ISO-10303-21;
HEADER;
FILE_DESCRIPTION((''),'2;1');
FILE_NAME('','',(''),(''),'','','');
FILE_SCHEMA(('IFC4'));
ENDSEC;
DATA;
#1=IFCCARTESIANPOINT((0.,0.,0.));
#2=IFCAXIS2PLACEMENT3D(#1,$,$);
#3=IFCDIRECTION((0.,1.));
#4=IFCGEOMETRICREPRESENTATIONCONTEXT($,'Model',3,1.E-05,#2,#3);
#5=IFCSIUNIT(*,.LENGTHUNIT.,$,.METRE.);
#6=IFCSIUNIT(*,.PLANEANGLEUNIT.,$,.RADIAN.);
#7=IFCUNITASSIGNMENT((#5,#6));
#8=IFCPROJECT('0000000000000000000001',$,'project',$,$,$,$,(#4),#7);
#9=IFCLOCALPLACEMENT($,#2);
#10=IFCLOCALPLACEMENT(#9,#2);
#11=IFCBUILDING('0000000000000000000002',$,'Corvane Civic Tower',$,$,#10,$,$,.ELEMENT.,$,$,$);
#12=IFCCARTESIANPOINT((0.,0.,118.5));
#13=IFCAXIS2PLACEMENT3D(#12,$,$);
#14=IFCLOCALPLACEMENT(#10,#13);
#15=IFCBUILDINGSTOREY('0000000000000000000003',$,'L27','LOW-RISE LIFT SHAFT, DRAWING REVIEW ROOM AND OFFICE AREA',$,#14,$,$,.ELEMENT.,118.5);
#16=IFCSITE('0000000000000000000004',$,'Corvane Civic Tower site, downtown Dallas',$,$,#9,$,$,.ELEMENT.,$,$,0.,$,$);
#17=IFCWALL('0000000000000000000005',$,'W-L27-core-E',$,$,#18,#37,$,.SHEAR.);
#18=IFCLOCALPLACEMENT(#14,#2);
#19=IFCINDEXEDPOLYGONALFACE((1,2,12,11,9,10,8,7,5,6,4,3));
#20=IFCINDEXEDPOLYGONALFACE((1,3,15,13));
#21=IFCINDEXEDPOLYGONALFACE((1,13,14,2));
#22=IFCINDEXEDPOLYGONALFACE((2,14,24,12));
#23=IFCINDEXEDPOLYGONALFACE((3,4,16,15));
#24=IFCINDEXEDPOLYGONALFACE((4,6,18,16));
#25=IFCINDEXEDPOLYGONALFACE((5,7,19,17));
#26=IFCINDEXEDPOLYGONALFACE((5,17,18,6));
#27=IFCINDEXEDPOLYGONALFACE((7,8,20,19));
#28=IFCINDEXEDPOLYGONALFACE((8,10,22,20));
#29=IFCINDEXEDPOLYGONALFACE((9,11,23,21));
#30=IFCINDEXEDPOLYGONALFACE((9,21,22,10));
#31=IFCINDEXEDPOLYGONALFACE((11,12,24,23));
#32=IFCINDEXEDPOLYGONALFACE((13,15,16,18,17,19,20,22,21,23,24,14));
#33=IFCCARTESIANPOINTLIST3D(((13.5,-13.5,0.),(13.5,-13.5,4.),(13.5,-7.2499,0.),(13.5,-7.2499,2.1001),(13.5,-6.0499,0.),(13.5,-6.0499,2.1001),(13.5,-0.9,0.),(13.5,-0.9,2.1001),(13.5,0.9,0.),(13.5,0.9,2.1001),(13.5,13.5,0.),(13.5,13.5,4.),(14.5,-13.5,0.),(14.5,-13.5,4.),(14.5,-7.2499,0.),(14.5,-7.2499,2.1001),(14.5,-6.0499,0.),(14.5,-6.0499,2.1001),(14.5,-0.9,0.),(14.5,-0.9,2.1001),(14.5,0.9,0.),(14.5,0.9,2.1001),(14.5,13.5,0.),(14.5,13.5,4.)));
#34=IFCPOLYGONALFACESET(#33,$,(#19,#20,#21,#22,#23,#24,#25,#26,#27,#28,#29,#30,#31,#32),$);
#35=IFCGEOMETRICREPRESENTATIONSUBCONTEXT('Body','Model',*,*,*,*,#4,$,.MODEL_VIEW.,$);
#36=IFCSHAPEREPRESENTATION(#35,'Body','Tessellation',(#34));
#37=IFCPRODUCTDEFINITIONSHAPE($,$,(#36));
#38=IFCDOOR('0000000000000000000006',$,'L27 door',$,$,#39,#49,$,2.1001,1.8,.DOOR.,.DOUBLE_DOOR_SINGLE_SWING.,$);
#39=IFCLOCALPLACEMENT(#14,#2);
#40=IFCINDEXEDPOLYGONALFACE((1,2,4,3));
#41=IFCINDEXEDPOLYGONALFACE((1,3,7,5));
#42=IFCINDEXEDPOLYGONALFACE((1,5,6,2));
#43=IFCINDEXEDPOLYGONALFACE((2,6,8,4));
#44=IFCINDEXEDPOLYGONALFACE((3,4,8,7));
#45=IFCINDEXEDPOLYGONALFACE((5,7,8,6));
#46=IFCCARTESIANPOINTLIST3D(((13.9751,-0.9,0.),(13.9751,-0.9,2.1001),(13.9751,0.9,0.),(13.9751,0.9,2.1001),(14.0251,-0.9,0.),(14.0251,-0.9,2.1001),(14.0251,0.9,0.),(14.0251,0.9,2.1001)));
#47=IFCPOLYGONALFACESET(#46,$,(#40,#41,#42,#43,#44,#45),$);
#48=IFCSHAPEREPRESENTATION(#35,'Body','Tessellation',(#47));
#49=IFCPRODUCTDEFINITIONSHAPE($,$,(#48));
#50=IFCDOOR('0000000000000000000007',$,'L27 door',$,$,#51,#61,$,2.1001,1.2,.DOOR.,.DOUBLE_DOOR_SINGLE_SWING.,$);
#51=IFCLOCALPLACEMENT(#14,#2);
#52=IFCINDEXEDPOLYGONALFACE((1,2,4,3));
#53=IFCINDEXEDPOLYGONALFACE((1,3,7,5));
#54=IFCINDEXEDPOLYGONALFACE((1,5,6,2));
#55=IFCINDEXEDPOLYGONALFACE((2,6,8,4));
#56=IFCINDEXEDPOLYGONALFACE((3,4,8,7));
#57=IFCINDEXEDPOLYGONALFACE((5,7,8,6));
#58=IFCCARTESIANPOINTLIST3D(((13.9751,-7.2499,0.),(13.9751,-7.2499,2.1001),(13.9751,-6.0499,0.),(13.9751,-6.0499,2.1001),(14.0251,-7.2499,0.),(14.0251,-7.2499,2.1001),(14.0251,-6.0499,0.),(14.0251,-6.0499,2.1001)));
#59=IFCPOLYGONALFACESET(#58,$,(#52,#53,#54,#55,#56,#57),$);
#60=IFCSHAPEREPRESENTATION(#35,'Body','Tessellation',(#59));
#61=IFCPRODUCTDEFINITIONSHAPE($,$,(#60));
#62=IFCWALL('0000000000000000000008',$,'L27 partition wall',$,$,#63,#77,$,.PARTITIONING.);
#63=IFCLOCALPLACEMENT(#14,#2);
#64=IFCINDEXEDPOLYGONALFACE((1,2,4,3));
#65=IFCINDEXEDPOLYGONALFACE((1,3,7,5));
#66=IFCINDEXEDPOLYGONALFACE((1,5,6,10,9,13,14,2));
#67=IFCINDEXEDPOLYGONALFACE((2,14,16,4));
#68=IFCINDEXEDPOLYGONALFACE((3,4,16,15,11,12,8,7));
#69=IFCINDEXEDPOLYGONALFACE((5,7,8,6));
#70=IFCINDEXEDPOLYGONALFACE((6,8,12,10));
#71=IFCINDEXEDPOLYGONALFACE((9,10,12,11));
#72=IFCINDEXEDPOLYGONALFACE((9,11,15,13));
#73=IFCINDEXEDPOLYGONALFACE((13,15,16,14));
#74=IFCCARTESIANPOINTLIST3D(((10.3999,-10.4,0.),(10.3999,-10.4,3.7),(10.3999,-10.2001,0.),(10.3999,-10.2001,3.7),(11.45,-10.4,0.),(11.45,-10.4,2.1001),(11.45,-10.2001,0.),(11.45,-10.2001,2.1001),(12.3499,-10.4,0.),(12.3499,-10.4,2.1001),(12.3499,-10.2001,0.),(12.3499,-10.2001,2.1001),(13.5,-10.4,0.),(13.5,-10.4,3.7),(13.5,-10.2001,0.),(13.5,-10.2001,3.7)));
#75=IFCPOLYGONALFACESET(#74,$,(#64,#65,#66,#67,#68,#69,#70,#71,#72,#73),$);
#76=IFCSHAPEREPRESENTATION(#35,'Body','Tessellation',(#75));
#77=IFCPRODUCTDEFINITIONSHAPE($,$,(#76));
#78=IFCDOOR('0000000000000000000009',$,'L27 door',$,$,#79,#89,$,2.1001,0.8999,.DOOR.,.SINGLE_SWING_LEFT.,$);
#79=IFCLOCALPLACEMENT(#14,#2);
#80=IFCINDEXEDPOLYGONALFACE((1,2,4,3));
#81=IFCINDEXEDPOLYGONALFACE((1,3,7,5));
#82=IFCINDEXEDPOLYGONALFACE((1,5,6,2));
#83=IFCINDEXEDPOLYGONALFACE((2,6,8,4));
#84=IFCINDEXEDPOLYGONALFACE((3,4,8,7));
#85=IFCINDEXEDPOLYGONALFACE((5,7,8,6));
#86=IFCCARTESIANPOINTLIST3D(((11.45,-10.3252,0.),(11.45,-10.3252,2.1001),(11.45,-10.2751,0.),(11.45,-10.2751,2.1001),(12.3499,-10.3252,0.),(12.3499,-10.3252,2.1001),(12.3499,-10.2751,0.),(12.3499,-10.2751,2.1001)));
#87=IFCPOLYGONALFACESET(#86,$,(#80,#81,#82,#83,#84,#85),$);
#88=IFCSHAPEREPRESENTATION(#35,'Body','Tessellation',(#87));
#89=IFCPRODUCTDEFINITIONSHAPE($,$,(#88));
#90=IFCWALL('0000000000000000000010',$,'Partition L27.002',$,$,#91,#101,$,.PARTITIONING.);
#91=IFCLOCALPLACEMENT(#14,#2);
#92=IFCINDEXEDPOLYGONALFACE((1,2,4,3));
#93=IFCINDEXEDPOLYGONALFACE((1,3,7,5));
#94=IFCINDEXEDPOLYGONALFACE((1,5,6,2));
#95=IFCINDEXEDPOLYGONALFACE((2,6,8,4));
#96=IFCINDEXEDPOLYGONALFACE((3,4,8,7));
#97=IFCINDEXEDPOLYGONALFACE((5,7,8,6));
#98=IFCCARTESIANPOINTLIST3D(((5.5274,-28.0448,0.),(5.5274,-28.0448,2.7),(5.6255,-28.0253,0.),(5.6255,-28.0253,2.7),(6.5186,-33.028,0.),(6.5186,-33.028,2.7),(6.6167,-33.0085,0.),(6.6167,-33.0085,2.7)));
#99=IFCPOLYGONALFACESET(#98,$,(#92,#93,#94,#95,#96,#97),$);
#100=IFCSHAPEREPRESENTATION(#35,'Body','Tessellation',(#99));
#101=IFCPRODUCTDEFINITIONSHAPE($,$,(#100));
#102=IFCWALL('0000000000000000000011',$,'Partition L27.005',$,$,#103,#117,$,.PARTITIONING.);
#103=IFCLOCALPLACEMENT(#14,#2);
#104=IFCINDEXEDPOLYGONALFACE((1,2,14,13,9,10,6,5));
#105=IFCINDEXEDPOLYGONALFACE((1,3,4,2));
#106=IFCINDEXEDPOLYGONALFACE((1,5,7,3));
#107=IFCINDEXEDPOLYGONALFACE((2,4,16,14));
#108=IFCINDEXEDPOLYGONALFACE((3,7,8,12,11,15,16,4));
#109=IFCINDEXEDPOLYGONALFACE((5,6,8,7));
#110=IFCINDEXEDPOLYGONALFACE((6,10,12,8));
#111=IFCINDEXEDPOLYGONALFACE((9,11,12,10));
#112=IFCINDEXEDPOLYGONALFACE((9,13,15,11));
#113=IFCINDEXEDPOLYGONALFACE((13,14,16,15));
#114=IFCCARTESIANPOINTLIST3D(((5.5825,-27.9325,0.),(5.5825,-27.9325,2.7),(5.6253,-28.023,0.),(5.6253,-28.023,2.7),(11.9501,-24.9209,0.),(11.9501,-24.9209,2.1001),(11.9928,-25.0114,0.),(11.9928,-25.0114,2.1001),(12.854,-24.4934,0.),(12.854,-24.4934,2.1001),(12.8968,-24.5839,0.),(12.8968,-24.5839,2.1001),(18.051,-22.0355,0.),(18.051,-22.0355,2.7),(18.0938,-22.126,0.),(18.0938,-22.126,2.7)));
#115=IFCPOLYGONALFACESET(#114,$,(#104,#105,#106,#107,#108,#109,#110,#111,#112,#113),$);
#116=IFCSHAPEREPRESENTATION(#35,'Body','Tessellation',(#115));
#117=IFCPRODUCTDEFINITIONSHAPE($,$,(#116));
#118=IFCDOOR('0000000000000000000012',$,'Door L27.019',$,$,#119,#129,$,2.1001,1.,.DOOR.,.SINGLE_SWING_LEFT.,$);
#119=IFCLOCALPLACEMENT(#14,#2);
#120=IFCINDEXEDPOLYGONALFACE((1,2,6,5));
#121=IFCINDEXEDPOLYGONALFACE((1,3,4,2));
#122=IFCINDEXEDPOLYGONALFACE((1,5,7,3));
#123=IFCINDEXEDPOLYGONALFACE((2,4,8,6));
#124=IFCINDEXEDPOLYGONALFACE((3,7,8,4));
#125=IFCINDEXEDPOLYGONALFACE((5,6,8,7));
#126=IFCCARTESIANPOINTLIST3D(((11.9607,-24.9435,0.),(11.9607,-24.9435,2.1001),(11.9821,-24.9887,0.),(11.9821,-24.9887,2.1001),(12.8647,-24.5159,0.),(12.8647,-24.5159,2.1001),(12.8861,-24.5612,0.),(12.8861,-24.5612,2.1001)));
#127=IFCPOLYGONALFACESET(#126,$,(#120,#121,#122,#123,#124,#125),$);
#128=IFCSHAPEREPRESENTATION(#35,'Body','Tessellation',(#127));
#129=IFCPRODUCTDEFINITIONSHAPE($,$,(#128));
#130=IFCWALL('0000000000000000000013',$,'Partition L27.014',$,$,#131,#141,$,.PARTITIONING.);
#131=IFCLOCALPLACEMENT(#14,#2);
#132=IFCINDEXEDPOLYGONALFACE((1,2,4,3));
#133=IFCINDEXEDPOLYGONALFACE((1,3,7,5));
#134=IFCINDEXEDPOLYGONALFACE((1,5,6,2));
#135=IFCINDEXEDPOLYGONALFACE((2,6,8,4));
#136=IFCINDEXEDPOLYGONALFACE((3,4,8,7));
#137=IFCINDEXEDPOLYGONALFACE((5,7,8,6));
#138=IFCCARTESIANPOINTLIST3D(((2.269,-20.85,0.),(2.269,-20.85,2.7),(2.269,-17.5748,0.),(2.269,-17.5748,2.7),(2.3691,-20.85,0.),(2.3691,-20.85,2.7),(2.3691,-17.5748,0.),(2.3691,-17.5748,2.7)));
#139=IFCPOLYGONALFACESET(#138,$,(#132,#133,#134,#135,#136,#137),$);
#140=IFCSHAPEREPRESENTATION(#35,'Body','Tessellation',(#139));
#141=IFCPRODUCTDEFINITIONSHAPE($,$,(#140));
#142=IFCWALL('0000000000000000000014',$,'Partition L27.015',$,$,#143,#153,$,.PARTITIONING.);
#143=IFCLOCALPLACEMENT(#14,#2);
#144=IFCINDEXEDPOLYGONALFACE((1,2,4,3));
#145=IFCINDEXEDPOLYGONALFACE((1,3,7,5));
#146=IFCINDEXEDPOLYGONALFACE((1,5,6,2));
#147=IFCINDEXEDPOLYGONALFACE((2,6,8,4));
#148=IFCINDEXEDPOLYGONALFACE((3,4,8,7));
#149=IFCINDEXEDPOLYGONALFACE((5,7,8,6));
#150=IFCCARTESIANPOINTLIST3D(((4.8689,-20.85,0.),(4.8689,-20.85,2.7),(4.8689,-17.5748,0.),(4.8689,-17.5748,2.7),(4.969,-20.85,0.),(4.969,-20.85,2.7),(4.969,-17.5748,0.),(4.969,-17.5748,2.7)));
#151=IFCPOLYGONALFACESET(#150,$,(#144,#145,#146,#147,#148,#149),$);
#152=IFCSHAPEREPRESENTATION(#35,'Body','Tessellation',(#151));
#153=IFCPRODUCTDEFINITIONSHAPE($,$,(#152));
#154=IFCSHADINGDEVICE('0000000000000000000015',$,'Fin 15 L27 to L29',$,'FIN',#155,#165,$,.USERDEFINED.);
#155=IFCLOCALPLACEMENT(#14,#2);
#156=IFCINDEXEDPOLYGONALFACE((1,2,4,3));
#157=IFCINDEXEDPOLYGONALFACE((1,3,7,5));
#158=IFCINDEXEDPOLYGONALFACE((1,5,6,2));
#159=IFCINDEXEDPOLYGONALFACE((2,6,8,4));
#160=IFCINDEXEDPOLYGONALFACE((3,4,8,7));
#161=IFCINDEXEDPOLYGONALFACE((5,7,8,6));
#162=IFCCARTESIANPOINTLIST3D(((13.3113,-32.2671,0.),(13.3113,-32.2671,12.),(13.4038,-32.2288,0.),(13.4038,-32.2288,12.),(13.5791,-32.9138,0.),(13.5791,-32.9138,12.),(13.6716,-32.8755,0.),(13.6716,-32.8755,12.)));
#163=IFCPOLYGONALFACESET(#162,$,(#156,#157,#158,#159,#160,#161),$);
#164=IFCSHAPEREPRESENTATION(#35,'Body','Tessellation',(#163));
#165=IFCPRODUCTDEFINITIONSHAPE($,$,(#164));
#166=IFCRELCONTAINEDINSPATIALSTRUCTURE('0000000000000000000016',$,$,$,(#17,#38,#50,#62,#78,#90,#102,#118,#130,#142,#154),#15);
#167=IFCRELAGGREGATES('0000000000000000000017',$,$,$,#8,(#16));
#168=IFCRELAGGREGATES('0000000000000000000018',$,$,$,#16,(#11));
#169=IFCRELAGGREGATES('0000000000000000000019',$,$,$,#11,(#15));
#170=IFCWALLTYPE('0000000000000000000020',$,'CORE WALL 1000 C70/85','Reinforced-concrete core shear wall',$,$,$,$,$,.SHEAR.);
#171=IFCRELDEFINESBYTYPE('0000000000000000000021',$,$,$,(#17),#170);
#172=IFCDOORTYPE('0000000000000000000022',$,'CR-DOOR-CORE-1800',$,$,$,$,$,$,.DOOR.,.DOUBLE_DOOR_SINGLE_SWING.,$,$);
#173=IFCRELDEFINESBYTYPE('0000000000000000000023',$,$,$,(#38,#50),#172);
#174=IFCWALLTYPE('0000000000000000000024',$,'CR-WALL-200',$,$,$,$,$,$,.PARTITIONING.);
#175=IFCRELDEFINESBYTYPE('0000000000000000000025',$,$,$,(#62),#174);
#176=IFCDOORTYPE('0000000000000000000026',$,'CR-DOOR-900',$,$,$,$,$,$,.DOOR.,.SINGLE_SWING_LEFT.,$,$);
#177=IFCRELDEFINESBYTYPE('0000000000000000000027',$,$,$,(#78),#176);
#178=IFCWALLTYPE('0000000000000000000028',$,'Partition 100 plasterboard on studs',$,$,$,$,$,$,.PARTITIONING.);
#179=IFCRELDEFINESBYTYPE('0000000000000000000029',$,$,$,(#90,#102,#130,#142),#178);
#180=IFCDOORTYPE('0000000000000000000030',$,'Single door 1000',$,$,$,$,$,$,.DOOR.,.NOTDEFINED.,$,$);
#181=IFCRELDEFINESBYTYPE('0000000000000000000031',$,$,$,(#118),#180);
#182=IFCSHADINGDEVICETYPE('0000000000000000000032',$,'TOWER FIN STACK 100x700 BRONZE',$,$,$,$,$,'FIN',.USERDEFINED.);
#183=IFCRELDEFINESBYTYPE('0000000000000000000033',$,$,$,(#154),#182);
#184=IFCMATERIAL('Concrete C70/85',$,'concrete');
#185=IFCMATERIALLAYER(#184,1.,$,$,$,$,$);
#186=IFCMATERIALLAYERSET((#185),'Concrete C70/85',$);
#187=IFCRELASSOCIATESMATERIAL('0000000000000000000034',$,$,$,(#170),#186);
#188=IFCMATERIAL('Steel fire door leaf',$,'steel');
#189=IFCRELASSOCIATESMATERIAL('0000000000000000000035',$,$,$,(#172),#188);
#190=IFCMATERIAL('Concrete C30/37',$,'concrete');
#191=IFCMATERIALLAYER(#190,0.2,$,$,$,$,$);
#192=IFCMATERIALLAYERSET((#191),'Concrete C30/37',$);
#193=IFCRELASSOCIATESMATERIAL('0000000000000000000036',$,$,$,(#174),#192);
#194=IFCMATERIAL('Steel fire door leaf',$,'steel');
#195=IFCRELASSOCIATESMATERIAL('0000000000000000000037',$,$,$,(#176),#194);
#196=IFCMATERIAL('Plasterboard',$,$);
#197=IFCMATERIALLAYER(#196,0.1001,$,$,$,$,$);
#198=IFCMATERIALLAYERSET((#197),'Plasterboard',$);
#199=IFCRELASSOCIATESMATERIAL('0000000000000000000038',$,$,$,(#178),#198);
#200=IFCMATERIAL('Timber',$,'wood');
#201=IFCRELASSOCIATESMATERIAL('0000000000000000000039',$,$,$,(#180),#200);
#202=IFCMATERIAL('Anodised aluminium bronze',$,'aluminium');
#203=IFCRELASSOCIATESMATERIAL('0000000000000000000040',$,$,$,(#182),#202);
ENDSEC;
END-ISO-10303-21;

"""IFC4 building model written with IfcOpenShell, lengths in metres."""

from ifc_helpers import new_model, si_unit, direction, frame, frame_2d, origin, origin_2d, place, context, subcontext, project, spatial, rectangle, extrude, material, layer, layer_set, material_profile, profile_set, type_object, element, fill, save


model = new_model("IFC4")

# Units and contexts
model_context = context("Model", 3, precision=1e-05, world=origin(), true_north=direction((0.0, 1.0)))
body_context = subcontext(model_context, "Body", "Model", "MODEL_VIEW")
ifc_project = project(units=[si_unit("LENGTHUNIT", "METRE"), si_unit("PLANEANGLEUNIT", "RADIAN")], contexts=[model_context])

# Site, building, storey
site_placement = place(None, origin())
site = spatial("IfcSite", under=ifc_project, at=site_placement, Name="Corvane Civic Tower site, downtown Dallas", CompositionType="ELEMENT", RefElevation=0.0)
building_placement = place(site_placement, origin())
building = spatial("IfcBuilding", under=site, at=building_placement, Name="Corvane Civic Tower", CompositionType="ELEMENT")
storey_placement = place(building_placement, frame((0.0, 0.0, 118.5)))
storey = spatial("IfcBuildingStorey", under=building, at=storey_placement, Name="L27", Description="LOW-RISE LIFT SHAFT, DRAWING REVIEW ROOM AND OFFICE AREA", CompositionType="ELEMENT", Elevation=118.5)

# Wall, openings, doors
ifc_material_1 = material(Name="Concrete C70/85", Category="concrete")
ifc_layer_1 = layer(ifc_material_1, 1.0)
ifc_layer_set_1 = layer_set([ifc_layer_1], Name="Concrete C70/85")
wall_type_1 = type_object("IfcWallType", Name="CORE WALL 1000 C70/85", Description="Reinforced-concrete core shear wall", PredefinedType="SHEAR", material=ifc_layer_set_1)
wall_1_placement = place(storey_placement, frame((14.0, -13.5, 0.0), z_axis=(0.0, 0.0, 1.0), x_axis=(0.0, 1.0, 0.0)))
wall_1 = element("IfcWall", 1, at=wall_1_placement, inside=storey, type_object=wall_type_1, Name="W-L27-core-E", PredefinedType="SHEAR", context=body_context, shape_type="SweptSolid", body=[
    extrude(rectangle(XDim=27.0, YDim=1.0, at=frame_2d((13.5, 0.0))), origin(), (0.0, 0.0, 1.0), 4.0),
])
opening_1_placement = place(wall_1_placement, frame((12.6001, 0.0, 0.0)))
opening_1 = element("IfcOpeningElement", 2, at=opening_1_placement, cuts=wall_1, PredefinedType="OPENING", context=body_context, shape_type="SweptSolid", body=[
    extrude(rectangle(XDim=1.8, YDim=2.1001, at=frame_2d((0.8999, 1.05))), frame((0.0, 0.51, 0.0), z_axis=(0.0, -1.0, 0.0), x_axis=(1.0, 0.0, 0.0)), (0.0, 0.0, 1.0), 1.02),
])
opening_2_placement = place(wall_1_placement, frame((6.25, 0.0, 0.0)))
opening_2 = element("IfcOpeningElement", 3, at=opening_2_placement, cuts=wall_1, PredefinedType="OPENING", context=body_context, shape_type="SweptSolid", body=[
    extrude(rectangle(XDim=1.2, YDim=2.1001, at=frame_2d((0.6001, 1.05))), frame((0.0, 0.51, 0.0), z_axis=(0.0, -1.0, 0.0), x_axis=(1.0, 0.0, 0.0)), (0.0, 0.0, 1.0), 1.02),
])
ifc_material_2 = material(Name="Steel fire door leaf", Category="steel")
door_type_1 = type_object("IfcDoorType", Name="CR-DOOR-CORE-1800", OperationType="DOUBLE_DOOR_SINGLE_SWING", PredefinedType="DOOR", material=ifc_material_2)
door_1_placement = place(opening_1_placement, origin())
door_1 = element("IfcDoor", 4, at=door_1_placement, inside=storey, type_object=door_type_1, Name="L27 door", OperationType="DOUBLE_DOOR_SINGLE_SWING", OverallHeight=2.1001, OverallWidth=1.8, PredefinedType="DOOR", context=body_context, shape_type="SweptSolid", body=[
    extrude(rectangle(XDim=1.8, YDim=2.1001, at=frame_2d((0.8999, 1.05))), frame((0.0, 0.0249, 0.0), z_axis=(0.0, -1.0, 0.0), x_axis=(1.0, 0.0, 0.0)), (0.0, 0.0, 1.0), 0.05),
])
fill(opening_1, door_1)
door_2_placement = place(opening_2_placement, origin())
door_2 = element("IfcDoor", 5, at=door_2_placement, inside=storey, type_object=door_type_1, Name="L27 door", OperationType="DOUBLE_DOOR_SINGLE_SWING", OverallHeight=2.1001, OverallWidth=1.2, PredefinedType="DOOR", context=body_context, shape_type="SweptSolid", body=[
    extrude(rectangle(XDim=1.2, YDim=2.1001, at=frame_2d((0.6001, 1.05))), frame((0.0, 0.0249, 0.0), z_axis=(0.0, -1.0, 0.0), x_axis=(1.0, 0.0, 0.0)), (0.0, 0.0, 1.0), 0.05),
])
fill(opening_2, door_2)

# Wall, opening, door
ifc_material_3 = material(Name="Concrete C30/37", Category="concrete")
ifc_layer_2 = layer(ifc_material_3, 0.2)
ifc_layer_set_2 = layer_set([ifc_layer_2], Name="Concrete C30/37")
wall_type_2 = type_object("IfcWallType", Name="CR-WALL-200", PredefinedType="PARTITIONING", material=ifc_layer_set_2)
wall_2_placement = place(storey_placement, frame((10.3999, -10.3, 0.0), z_axis=(0.0, 0.0, 1.0), x_axis=(1.0, 0.0, 0.0)))
wall_2 = element("IfcWall", 6, at=wall_2_placement, inside=storey, type_object=wall_type_2, Name="L27 partition wall", PredefinedType="PARTITIONING", context=body_context, shape_type="SweptSolid", body=[
    extrude(rectangle(XDim=3.1001, YDim=0.2, at=frame_2d((1.55, 0.0))), origin(), (0.0, 0.0, 1.0), 3.7),
])
opening_3_placement = place(wall_2_placement, frame((1.05, 0.0, 0.0)))
opening_3 = element("IfcOpeningElement", 7, at=opening_3_placement, cuts=wall_2, PredefinedType="OPENING", context=body_context, shape_type="SweptSolid", body=[
    extrude(rectangle(XDim=0.8999, YDim=2.1001, at=frame_2d((0.45, 1.05))), frame((0.0, 0.1099, 0.0), z_axis=(0.0, -1.0, 0.0), x_axis=(1.0, 0.0, 0.0)), (0.0, 0.0, 1.0), 0.22),
])
ifc_material_4 = material(Name="Steel fire door leaf", Category="steel")
door_type_2 = type_object("IfcDoorType", Name="CR-DOOR-900", OperationType="SINGLE_SWING_LEFT", PredefinedType="DOOR", material=ifc_material_4)
door_3_placement = place(opening_3_placement, origin())
door_3 = element("IfcDoor", 8, at=door_3_placement, inside=storey, type_object=door_type_2, Name="L27 door", OperationType="SINGLE_SWING_LEFT", OverallHeight=2.1001, OverallWidth=0.8999, PredefinedType="DOOR", context=body_context, shape_type="SweptSolid", body=[
    extrude(rectangle(XDim=0.8999, YDim=2.1001, at=frame_2d((0.45, 1.05))), frame((0.0, 0.0249, 0.0), z_axis=(0.0, -1.0, 0.0), x_axis=(1.0, 0.0, 0.0)), (0.0, 0.0, 1.0), 0.05),
])
fill(opening_3, door_3)

# Wall
ifc_material_5 = material(Name="Plasterboard")
ifc_layer_3 = layer(ifc_material_5, 0.1001)
ifc_layer_set_3 = layer_set([ifc_layer_3], Name="Plasterboard")
wall_type_3 = type_object("IfcWallType", Name="Partition 100 plasterboard on studs", PredefinedType="PARTITIONING", material=ifc_layer_set_3)
wall_3_placement = place(storey_placement, frame((5.5764, -28.0349, 0.0), z_axis=(0.0, 0.0, 1.0), x_axis=(0.19509, -0.980785, 0.0)))
element("IfcWall", 9, at=wall_3_placement, inside=storey, type_object=wall_type_3, Name="Partition L27.002", PredefinedType="PARTITIONING", context=body_context, shape_type="SweptSolid", body=[
    extrude(rectangle(XDim=5.0808, YDim=0.1001, at=frame_2d((2.5405, 0.0))), origin(), (0.0, 0.0, 1.0), 2.7),
])

# Wall, opening, door
wall_4_placement = place(storey_placement, frame((5.6038, -27.9778, 0.0), z_axis=(0.0, 0.0, 1.0), x_axis=(0.903995, 0.427544, 0.0)))
wall_4 = element("IfcWall", 10, at=wall_4_placement, inside=storey, type_object=wall_type_3, Name="Partition L27.005", PredefinedType="PARTITIONING", context=body_context, shape_type="SweptSolid", body=[
    extrude(rectangle(XDim=13.7927, YDim=0.1001, at=frame_2d((6.8965, 0.0))), origin(), (0.0, 0.0, 1.0), 2.7),
])
opening_4_placement = place(wall_4_placement, frame((7.0439, 0.0, 0.0)))
opening_4 = element("IfcOpeningElement", 11, at=opening_4_placement, cuts=wall_4, PredefinedType="OPENING", context=body_context, shape_type="SweptSolid", body=[
    extrude(rectangle(XDim=1.0, YDim=2.1001, at=frame_2d((0.5, 1.05))), frame((0.0, 0.0601, 0.0), z_axis=(0.0, -1.0, 0.0), x_axis=(1.0, 0.0, 0.0)), (0.0, 0.0, 1.0), 0.1201),
])
ifc_material_6 = material(Name="Timber", Category="wood")
door_type_3 = type_object("IfcDoorType", Name="Single door 1000", OperationType="NOTDEFINED", PredefinedType="DOOR", material=ifc_material_6)
door_4_placement = place(opening_4_placement, frame((1.0, 0.0, 0.0), z_axis=(0.0, 0.0, 1.0), x_axis=(-1.0, 0.0, 0.0)))
door_4 = element("IfcDoor", 12, at=door_4_placement, inside=storey, type_object=door_type_3, Name="Door L27.019", OperationType="SINGLE_SWING_LEFT", OverallHeight=2.1001, OverallWidth=1.0, PredefinedType="DOOR", context=body_context, shape_type="SweptSolid", body=[
    extrude(rectangle(XDim=1.0, YDim=2.1001, at=frame_2d((0.5, 1.05))), frame((0.0, 0.0249, 0.0), z_axis=(0.0, -1.0, 0.0), x_axis=(1.0, 0.0, 0.0)), (0.0, 0.0, 1.0), 0.05),
])
fill(opening_4, door_4)

# Walls
for number, where, z_axis, x_axis, name in (
    (13, (2.3191, -20.8501, 0.0), (0.0, 0.0, 1.0), (0.0, 1.0, 0.0), "Partition L27.014"),
    (14, (4.9189, -20.8501, 0.0), (0.0, 0.0, 1.0), (0.0, 1.0, 0.0), "Partition L27.015"),
):
    element("IfcWall", number, at=place(storey_placement, frame(where, z_axis=z_axis, x_axis=x_axis)), inside=storey, type_object=wall_type_3, Name=name, PredefinedType="PARTITIONING", context=body_context, shape_type="SweptSolid", body=[
        extrude(rectangle(XDim=3.2751, YDim=0.1001, at=frame_2d((1.6377, 0.0))), origin(), (0.0, 0.0, 1.0), 2.7),
    ])

# Shading device
ifc_material_7 = material(Name="Anodised aluminium bronze", Category="aluminium")
ifc_material_profile_1 = material_profile(ifc_material_7, rectangle(XDim=0.1001, YDim=0.7, at=origin_2d()), Name="TOWER FIN STACK 100x700 BRONZE")
ifc_profile_set_1 = profile_set([ifc_material_profile_1], Name="Anodised aluminium bronze")
shading_device_type = type_object("IfcShadingDeviceType", Name="TOWER FIN STACK 100x700 BRONZE", ElementType="FIN", PredefinedType="USERDEFINED", material=ifc_profile_set_1)
for number, where, z_axis, x_axis, name in (
    (15, (13.4915, -32.5713, 0.0), (0.0, 0.0, 1.0), (-0.92388, -0.382683, 0.0), "Fin 15 L27 to L29"),
):
    element("IfcShadingDevice", number, at=place(storey_placement, frame(where, z_axis=z_axis, x_axis=x_axis)), inside=storey, type_object=shading_device_type, Name=name, ObjectType="FIN", PredefinedType="USERDEFINED", context=body_context, shape_type="SweptSolid", body=[
        extrude(rectangle(XDim=0.1001, YDim=0.7, at=origin_2d()), origin(), (0.0, 0.0, 1.0), 12.0),
    ])

save(model, "model.ifc")
